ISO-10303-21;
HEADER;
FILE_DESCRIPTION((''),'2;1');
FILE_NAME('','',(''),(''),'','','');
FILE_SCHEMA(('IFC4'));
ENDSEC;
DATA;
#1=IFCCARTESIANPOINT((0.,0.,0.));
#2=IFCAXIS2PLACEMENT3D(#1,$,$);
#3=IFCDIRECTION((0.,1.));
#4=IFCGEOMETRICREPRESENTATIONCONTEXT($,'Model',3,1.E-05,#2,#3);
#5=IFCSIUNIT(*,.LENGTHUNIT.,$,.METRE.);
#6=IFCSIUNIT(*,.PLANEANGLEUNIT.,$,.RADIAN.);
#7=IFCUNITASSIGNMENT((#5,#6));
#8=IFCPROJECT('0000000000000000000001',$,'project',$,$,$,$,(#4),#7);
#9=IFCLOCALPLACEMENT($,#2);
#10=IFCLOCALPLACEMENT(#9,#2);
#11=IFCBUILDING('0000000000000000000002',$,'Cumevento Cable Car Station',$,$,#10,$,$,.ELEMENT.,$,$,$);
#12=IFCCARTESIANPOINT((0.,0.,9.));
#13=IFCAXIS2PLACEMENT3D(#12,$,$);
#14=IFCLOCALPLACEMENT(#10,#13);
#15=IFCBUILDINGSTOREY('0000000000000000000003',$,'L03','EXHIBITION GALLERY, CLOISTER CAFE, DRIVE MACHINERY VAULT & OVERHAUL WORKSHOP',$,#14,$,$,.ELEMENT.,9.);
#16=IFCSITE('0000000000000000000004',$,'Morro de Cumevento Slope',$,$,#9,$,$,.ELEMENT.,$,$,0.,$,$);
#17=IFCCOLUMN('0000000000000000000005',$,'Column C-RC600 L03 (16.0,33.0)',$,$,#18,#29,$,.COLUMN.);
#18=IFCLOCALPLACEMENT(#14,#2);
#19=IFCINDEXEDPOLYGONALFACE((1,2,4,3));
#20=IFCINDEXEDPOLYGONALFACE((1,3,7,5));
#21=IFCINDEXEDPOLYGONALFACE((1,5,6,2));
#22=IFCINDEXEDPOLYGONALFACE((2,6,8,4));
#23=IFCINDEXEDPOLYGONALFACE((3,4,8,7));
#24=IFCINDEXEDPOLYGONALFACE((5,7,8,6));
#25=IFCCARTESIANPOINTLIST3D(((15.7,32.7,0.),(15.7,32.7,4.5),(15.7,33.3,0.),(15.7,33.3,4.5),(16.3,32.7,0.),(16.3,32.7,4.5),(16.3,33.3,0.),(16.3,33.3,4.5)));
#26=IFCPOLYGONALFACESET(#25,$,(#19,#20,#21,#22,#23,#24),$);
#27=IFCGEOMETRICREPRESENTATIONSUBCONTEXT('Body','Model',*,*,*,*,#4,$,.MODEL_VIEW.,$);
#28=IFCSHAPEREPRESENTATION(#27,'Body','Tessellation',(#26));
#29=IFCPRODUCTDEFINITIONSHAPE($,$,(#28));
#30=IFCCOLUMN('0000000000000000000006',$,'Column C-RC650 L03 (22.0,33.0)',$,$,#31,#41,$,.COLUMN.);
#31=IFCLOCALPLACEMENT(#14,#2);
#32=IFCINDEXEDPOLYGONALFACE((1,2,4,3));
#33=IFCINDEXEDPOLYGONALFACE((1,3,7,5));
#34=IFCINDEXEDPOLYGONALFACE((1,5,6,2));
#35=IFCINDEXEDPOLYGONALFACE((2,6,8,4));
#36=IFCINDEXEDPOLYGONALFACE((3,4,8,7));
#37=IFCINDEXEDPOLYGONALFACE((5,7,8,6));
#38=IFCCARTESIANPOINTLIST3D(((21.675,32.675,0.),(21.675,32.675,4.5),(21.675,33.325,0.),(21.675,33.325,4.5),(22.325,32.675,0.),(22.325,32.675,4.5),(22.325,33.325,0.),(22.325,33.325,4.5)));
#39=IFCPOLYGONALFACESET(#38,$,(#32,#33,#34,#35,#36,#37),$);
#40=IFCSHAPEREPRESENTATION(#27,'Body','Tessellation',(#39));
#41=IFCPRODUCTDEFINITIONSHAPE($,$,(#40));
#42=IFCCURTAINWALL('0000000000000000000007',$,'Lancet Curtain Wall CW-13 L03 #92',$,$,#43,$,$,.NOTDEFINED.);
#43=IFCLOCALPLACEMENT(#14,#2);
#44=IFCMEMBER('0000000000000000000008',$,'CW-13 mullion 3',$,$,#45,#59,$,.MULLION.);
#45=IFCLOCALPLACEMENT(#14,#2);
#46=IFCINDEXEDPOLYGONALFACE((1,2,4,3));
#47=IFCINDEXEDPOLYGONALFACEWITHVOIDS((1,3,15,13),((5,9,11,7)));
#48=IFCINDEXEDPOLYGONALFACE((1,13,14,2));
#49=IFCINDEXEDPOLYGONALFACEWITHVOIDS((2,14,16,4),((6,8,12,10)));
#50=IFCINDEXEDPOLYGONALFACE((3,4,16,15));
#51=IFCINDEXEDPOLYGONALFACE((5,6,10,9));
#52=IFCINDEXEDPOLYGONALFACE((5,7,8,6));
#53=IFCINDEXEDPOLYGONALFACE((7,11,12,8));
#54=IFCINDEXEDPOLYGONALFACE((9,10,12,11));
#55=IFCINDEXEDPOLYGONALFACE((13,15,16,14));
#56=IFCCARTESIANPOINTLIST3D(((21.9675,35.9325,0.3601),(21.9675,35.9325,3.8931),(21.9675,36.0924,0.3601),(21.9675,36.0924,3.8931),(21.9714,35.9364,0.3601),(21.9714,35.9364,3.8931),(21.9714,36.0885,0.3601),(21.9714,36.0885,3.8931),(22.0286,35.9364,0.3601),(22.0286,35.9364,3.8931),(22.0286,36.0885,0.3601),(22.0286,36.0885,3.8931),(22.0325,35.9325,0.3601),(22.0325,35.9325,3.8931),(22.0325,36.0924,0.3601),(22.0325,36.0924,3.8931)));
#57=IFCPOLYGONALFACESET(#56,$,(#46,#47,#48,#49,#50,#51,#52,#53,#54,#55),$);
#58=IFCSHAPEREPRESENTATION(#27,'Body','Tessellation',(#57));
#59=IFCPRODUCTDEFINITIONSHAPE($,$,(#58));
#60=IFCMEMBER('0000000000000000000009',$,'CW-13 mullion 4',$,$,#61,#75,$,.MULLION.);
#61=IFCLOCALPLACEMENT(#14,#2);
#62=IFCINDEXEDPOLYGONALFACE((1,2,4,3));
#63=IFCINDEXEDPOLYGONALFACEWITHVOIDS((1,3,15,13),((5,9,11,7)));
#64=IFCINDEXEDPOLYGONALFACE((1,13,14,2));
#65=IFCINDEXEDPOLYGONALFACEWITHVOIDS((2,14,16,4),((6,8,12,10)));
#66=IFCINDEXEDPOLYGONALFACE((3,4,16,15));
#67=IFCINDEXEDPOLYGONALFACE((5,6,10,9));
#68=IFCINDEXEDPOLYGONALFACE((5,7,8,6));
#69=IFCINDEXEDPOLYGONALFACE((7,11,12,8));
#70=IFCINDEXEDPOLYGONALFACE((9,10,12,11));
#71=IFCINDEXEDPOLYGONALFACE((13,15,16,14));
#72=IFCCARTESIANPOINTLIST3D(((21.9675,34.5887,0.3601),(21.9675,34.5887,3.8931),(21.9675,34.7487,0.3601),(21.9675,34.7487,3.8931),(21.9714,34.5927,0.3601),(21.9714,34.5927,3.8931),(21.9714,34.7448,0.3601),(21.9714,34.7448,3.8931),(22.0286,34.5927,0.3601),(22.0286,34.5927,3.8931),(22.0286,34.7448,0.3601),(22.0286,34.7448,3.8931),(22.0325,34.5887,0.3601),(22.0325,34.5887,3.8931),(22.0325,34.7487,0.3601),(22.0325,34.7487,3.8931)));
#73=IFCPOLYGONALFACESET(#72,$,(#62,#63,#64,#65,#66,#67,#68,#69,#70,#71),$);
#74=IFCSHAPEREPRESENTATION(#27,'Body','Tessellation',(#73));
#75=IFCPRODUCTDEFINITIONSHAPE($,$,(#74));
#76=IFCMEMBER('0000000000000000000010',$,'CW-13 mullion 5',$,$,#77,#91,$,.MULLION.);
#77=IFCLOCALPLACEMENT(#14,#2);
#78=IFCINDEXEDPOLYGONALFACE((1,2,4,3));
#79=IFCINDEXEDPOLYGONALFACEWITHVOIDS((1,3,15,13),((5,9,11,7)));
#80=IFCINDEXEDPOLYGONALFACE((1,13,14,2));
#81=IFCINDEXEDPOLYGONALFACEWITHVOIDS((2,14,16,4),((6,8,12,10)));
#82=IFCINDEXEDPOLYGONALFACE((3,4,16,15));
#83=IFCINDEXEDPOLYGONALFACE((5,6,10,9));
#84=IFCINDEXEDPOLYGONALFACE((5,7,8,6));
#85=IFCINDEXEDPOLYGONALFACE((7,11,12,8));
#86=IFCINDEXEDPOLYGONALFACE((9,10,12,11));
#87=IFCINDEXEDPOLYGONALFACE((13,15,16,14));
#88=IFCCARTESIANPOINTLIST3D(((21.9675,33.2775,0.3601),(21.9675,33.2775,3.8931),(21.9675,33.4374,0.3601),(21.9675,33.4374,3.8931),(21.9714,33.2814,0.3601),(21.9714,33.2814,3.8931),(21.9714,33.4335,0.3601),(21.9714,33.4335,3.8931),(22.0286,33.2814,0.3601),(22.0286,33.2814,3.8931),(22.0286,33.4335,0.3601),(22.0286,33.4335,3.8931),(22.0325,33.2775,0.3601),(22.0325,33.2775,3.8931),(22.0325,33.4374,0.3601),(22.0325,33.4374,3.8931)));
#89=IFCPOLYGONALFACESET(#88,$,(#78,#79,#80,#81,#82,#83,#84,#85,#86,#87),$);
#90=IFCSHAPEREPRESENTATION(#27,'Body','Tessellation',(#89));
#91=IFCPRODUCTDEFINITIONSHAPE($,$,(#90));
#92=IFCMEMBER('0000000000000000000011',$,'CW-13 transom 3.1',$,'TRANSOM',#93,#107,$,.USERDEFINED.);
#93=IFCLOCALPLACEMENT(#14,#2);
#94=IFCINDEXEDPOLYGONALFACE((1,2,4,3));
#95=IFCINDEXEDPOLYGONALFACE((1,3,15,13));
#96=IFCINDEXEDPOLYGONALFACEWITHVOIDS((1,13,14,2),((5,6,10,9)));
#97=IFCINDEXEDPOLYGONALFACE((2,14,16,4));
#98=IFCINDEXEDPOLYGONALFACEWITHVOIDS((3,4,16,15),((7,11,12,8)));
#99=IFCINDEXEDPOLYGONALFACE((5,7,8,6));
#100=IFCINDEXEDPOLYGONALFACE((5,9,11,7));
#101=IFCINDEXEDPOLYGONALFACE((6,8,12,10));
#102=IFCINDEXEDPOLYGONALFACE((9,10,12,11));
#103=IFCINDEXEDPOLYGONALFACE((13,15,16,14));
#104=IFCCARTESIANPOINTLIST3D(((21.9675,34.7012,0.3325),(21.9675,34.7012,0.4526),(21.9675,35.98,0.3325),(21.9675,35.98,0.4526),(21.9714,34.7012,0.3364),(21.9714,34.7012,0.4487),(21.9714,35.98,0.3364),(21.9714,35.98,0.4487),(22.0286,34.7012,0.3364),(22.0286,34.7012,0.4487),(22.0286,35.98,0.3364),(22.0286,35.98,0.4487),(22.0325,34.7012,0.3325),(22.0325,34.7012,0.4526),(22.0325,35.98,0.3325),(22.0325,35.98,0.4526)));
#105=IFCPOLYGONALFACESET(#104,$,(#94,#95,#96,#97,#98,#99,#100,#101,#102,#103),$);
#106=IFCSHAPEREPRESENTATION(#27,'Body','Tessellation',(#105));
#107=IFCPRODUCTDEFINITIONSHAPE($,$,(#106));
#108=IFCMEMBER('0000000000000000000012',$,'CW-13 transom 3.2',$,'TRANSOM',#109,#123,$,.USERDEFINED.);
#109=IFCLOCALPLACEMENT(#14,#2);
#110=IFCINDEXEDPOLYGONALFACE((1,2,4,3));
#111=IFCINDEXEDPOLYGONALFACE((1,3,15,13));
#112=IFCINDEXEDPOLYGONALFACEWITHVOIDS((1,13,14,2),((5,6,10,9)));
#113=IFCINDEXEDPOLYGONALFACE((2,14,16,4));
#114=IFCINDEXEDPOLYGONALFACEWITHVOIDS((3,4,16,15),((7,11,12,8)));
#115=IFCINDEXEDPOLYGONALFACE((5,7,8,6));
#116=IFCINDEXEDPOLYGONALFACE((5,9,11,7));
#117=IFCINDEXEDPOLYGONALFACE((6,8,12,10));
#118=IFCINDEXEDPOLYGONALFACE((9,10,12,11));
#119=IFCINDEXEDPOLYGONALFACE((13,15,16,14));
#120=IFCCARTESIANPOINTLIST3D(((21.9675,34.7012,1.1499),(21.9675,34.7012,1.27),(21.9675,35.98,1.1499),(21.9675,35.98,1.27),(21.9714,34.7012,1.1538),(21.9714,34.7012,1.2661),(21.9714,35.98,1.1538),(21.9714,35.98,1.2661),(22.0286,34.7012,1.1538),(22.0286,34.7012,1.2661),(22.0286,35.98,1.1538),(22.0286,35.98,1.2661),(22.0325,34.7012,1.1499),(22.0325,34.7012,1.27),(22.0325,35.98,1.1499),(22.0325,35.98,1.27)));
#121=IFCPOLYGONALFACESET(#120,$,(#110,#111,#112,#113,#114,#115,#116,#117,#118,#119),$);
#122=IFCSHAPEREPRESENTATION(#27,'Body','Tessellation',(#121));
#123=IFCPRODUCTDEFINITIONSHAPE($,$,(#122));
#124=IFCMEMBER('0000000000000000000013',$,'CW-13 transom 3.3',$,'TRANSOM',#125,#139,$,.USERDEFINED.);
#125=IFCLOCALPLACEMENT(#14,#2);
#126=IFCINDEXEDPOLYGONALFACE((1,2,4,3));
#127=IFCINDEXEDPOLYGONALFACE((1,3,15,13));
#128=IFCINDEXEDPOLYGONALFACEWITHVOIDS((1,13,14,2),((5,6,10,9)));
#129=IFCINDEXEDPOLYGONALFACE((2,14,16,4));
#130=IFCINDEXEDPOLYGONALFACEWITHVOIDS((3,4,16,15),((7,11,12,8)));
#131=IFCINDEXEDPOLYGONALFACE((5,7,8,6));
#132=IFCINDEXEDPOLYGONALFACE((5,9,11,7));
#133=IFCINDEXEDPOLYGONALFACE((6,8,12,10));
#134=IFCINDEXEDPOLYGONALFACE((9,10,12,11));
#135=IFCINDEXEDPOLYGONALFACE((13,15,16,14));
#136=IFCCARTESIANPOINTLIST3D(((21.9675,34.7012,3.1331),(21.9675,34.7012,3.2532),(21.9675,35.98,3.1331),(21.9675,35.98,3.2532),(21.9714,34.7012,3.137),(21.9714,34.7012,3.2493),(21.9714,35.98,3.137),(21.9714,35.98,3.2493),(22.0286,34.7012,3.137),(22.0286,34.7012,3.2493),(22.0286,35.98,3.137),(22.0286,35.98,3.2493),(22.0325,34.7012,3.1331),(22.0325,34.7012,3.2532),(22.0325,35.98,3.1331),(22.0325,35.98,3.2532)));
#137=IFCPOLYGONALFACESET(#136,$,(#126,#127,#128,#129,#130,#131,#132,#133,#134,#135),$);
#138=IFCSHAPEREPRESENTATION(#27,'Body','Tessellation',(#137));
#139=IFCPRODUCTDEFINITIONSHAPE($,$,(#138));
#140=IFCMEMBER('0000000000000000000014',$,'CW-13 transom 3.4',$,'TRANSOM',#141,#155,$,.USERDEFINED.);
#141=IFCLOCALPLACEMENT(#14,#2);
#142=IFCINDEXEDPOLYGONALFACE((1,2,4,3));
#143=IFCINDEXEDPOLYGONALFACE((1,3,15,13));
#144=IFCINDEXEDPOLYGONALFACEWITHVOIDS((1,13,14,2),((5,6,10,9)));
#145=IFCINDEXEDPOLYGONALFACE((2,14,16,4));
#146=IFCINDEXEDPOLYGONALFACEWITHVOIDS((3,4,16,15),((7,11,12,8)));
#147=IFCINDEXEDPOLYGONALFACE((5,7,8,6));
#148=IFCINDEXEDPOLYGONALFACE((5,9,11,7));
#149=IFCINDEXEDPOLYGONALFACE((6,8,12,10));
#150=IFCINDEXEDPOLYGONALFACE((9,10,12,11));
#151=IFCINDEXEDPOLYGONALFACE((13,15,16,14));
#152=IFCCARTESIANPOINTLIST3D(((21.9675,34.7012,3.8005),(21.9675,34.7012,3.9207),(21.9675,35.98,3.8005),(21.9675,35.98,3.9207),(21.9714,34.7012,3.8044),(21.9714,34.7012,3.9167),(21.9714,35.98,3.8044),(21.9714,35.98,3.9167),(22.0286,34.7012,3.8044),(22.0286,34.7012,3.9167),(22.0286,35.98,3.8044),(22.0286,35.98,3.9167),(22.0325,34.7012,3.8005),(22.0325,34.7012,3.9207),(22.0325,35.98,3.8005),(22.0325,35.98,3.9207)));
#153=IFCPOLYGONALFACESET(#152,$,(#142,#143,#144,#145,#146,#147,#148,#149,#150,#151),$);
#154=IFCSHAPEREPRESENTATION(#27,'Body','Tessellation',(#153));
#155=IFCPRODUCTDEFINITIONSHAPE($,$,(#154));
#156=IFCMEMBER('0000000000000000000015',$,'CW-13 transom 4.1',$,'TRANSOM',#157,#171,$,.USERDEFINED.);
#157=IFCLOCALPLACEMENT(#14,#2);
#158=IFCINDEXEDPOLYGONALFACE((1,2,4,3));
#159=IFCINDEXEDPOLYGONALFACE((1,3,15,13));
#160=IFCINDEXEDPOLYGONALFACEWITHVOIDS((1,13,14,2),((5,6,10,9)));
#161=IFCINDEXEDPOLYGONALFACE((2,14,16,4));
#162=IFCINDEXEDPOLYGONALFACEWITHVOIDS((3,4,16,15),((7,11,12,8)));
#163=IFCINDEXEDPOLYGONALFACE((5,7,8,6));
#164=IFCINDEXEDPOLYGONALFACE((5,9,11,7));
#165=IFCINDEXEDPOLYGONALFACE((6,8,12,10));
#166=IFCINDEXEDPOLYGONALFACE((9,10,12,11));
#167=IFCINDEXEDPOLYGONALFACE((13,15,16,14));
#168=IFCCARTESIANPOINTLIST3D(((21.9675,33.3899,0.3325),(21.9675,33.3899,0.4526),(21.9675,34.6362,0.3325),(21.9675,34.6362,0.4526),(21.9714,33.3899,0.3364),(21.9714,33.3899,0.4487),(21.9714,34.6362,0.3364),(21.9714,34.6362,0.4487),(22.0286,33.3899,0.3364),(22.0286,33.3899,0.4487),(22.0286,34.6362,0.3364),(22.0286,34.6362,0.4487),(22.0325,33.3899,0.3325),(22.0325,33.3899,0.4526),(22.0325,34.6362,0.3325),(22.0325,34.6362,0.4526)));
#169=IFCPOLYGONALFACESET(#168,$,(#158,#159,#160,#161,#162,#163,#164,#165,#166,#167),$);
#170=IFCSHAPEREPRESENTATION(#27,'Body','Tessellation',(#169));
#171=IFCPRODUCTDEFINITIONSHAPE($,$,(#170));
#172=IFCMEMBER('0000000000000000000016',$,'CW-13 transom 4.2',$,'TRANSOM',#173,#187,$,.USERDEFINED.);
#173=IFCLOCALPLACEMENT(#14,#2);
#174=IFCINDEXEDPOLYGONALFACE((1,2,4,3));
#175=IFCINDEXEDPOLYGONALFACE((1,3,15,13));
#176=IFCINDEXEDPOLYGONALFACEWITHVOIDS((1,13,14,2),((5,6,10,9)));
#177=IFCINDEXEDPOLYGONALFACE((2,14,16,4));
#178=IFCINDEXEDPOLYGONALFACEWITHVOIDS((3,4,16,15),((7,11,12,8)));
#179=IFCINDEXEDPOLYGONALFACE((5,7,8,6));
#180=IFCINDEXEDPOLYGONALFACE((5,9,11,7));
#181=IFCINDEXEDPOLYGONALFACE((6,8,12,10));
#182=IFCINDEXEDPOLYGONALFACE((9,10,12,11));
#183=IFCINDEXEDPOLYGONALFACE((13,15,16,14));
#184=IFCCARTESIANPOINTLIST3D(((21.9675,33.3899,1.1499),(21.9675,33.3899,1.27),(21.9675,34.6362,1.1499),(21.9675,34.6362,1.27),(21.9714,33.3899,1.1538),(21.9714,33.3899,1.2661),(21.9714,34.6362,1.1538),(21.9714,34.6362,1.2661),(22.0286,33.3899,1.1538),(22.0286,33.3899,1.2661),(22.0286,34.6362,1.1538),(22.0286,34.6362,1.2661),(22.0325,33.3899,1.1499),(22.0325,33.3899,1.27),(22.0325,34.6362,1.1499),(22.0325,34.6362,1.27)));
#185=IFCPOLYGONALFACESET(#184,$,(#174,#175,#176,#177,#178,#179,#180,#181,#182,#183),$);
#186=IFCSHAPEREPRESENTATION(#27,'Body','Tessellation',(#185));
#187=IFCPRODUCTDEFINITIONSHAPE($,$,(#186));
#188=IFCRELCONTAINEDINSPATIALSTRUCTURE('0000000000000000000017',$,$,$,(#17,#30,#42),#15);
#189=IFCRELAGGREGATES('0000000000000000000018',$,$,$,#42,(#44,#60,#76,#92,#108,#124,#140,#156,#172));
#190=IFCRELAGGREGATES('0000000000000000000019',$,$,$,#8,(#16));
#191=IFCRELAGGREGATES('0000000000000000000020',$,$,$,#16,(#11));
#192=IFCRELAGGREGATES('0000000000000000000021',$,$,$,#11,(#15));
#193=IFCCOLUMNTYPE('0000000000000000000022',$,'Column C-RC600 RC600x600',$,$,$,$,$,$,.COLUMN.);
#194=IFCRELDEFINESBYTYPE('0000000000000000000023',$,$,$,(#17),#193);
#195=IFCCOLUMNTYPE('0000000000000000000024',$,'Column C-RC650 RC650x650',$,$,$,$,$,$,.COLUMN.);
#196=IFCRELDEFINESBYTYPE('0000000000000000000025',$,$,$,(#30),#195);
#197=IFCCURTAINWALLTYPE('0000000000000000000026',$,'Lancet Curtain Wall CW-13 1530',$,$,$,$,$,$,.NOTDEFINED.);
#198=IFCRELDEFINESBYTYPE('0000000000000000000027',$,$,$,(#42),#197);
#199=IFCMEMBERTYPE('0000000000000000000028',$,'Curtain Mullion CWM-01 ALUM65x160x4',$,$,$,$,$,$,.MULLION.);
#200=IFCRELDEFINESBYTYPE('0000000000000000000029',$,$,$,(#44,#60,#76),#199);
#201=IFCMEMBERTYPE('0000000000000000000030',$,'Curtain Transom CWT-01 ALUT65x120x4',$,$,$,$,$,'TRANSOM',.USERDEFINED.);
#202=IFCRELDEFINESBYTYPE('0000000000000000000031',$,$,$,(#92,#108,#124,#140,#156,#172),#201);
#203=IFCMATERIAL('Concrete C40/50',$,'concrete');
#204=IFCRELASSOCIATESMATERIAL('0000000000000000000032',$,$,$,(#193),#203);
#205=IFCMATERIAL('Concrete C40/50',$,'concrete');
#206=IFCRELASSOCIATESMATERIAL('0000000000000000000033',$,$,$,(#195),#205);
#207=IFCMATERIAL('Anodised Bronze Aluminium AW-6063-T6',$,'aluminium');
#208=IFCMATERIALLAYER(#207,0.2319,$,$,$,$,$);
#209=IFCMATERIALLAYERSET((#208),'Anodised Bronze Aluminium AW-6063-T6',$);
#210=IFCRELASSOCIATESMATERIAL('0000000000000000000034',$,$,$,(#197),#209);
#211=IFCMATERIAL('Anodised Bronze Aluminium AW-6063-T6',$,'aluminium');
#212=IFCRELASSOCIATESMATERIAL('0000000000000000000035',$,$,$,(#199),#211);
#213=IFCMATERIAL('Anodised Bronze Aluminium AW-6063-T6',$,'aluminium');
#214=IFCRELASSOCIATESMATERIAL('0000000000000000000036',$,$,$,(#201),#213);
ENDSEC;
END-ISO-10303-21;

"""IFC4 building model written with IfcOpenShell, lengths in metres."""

from ifc_helpers import new_model, si_unit, direction, frame, origin, origin_2d, place, context, subcontext, project, spatial, rectangle, hollow_rectangle, extrude, material, layer, layer_set, material_profile, profile_set, type_object, element, aggregate, save


model = new_model("IFC4")

# Units and contexts
model_context = context("Model", 3, precision=1e-05, world=origin(), true_north=direction((0.0, 1.0)))
body_context = subcontext(model_context, "Body", "Model", "MODEL_VIEW")
ifc_project = project(units=[si_unit("LENGTHUNIT", "METRE"), si_unit("PLANEANGLEUNIT", "RADIAN")], contexts=[model_context])

# Site, building, storey
site_placement = place(None, origin())
site = spatial("IfcSite", under=ifc_project, at=site_placement, Name="Morro de Cumevento Slope", CompositionType="ELEMENT", RefElevation=0.0)
building_placement = place(site_placement, origin())
building = spatial("IfcBuilding", under=site, at=building_placement, Name="Cumevento Cable Car Station", CompositionType="ELEMENT")
storey_placement = place(building_placement, frame((0.0, 0.0, 9.0)))
storey = spatial("IfcBuildingStorey", under=building, at=storey_placement, Name="L03", Description="EXHIBITION GALLERY, CLOISTER CAFE, DRIVE MACHINERY VAULT & OVERHAUL WORKSHOP", CompositionType="ELEMENT", Elevation=9.0)

# Columns
ifc_material_1 = material(Name="Concrete C40/50", Category="concrete")
ifc_material_profile_1 = material_profile(ifc_material_1, rectangle(XDim=0.6001, YDim=0.6001, at=origin_2d()), Name="RC600x600")
ifc_profile_set_1 = profile_set([ifc_material_profile_1], Name="Concrete C40/50")
column_type_1 = type_object("IfcColumnType", Name="Column C-RC600 RC600x600", PredefinedType="COLUMN", material=ifc_profile_set_1)
column_1_placement = place(storey_placement, frame((16.0, 33.0, 0.0), z_axis=(0.0, 0.0, 1.0), x_axis=(1.0, 0.0, 0.0)))
element("IfcColumn", 1, at=column_1_placement, inside=storey, type_object=column_type_1, Name="Column C-RC600 L03 (16.0,33.0)", PredefinedType="COLUMN", context=body_context, shape_type="SweptSolid", body=[
    extrude(rectangle(XDim=0.6001, YDim=0.6001, at=origin_2d()), origin(), (0.0, 0.0, 1.0), 4.5),
])
ifc_material_2 = material(Name="Concrete C40/50", Category="concrete")
ifc_material_profile_2 = material_profile(ifc_material_2, rectangle(XDim=0.6499, YDim=0.6499, at=origin_2d()), Name="RC650x650")
ifc_profile_set_2 = profile_set([ifc_material_profile_2], Name="Concrete C40/50")
column_type_2 = type_object("IfcColumnType", Name="Column C-RC650 RC650x650", PredefinedType="COLUMN", material=ifc_profile_set_2)
column_2_placement = place(storey_placement, frame((22.0, 33.0, 0.0), z_axis=(0.0, 0.0, 1.0), x_axis=(1.0, 0.0, 0.0)))
element("IfcColumn", 2, at=column_2_placement, inside=storey, type_object=column_type_2, Name="Column C-RC650 L03 (22.0,33.0)", PredefinedType="COLUMN", context=body_context, shape_type="SweptSolid", body=[
    extrude(rectangle(XDim=0.6499, YDim=0.6499, at=origin_2d()), origin(), (0.0, 0.0, 1.0), 4.5),
])

# Curtain wall, members
ifc_material_3 = material(Name="Anodised Bronze Aluminium AW-6063-T6", Category="aluminium")
ifc_layer_1 = layer(ifc_material_3, 0.2319)
ifc_layer_set_1 = layer_set([ifc_layer_1], Name="Anodised Bronze Aluminium AW-6063-T6")
curtain_wall_type = type_object("IfcCurtainWallType", Name="Lancet Curtain Wall CW-13 1530", PredefinedType="NOTDEFINED", material=ifc_layer_set_1)
curtain_wall_placement = place(storey_placement, origin())
curtain_wall = element("IfcCurtainWall", 3, at=curtain_wall_placement, inside=storey, type_object=curtain_wall_type, Name="Lancet Curtain Wall CW-13 L03 #92", PredefinedType="NOTDEFINED")
ifc_material_4 = material(Name="Anodised Bronze Aluminium AW-6063-T6", Category="aluminium")
ifc_material_profile_3 = material_profile(ifc_material_4, hollow_rectangle(XDim=0.0649, YDim=0.1599, WallThickness=0.0039, at=origin_2d()), Name="ALUM65x160x4")
ifc_profile_set_3 = profile_set([ifc_material_profile_3], Name="Anodised Bronze Aluminium AW-6063-T6")
member_type_1 = type_object("IfcMemberType", Name="Curtain Mullion CWM-01 ALUM65x160x4", PredefinedType="MULLION", material=ifc_profile_set_3)
member_1_placement = place(storey_placement, frame((22.0, 36.0125, 0.3601), z_axis=(0.0, 0.0, 1.0), x_axis=(1.0, 0.0, 0.0)))
member_1 = element("IfcMember", 4, at=member_1_placement, type_object=member_type_1, Name="CW-13 mullion 3", PredefinedType="MULLION", context=body_context, shape_type="SweptSolid", body=[
    extrude(hollow_rectangle(XDim=0.0649, YDim=0.1599, WallThickness=0.0039, at=origin_2d()), origin(), (0.0, 0.0, 1.0), 3.533),
])
member_2_placement = place(storey_placement, frame((22.0, 34.6687, 0.3601), z_axis=(0.0, 0.0, 1.0), x_axis=(1.0, 0.0, 0.0)))
member_2 = element("IfcMember", 5, at=member_2_placement, type_object=member_type_1, Name="CW-13 mullion 4", PredefinedType="MULLION", context=body_context, shape_type="SweptSolid", body=[
    extrude(hollow_rectangle(XDim=0.0649, YDim=0.1599, WallThickness=0.0039, at=origin_2d()), origin(), (0.0, 0.0, 1.0), 3.533),
])
member_3_placement = place(storey_placement, frame((22.0, 33.3574, 0.3601), z_axis=(0.0, 0.0, 1.0), x_axis=(1.0, 0.0, 0.0)))
member_3 = element("IfcMember", 6, at=member_3_placement, type_object=member_type_1, Name="CW-13 mullion 5", PredefinedType="MULLION", context=body_context, shape_type="SweptSolid", body=[
    extrude(hollow_rectangle(XDim=0.0649, YDim=0.1599, WallThickness=0.0039, at=origin_2d()), origin(), (0.0, 0.0, 1.0), 3.533),
])
ifc_material_5 = material(Name="Anodised Bronze Aluminium AW-6063-T6", Category="aluminium")
ifc_material_profile_4 = material_profile(ifc_material_5, hollow_rectangle(XDim=0.0649, YDim=0.1201, WallThickness=0.0039, at=origin_2d()), Name="ALUT65x120x4")
ifc_profile_set_4 = profile_set([ifc_material_profile_4], Name="Anodised Bronze Aluminium AW-6063-T6")
member_type_2 = type_object("IfcMemberType", Name="Curtain Transom CWT-01 ALUT65x120x4", ElementType="TRANSOM", PredefinedType="USERDEFINED", material=ifc_profile_set_4)
member_4_placement = place(storey_placement, frame((22.0, 35.98, 0.3926), z_axis=(0.0, -1.0, 0.0), x_axis=(1.0, 0.0, 0.0)))
member_4 = element("IfcMember", 7, at=member_4_placement, type_object=member_type_2, Name="CW-13 transom 3.1", ObjectType="TRANSOM", PredefinedType="USERDEFINED", context=body_context, shape_type="SweptSolid", body=[
    extrude(hollow_rectangle(XDim=0.0649, YDim=0.1201, WallThickness=0.0039, at=origin_2d()), origin(), (0.0, 0.0, 1.0), 1.2788),
])
member_5_placement = place(storey_placement, frame((22.0, 35.98, 1.21), z_axis=(0.0, -1.0, 0.0), x_axis=(1.0, 0.0, 0.0)))
member_5 = element("IfcMember", 8, at=member_5_placement, type_object=member_type_2, Name="CW-13 transom 3.2", ObjectType="TRANSOM", PredefinedType="USERDEFINED", context=body_context, shape_type="SweptSolid", body=[
    extrude(hollow_rectangle(XDim=0.0649, YDim=0.1201, WallThickness=0.0039, at=origin_2d()), origin(), (0.0, 0.0, 1.0), 1.2788),
])
member_6_placement = place(storey_placement, frame((22.0, 35.98, 3.1931), z_axis=(0.0, -1.0, 0.0), x_axis=(1.0, 0.0, 0.0)))
member_6 = element("IfcMember", 9, at=member_6_placement, type_object=member_type_2, Name="CW-13 transom 3.3", ObjectType="TRANSOM", PredefinedType="USERDEFINED", context=body_context, shape_type="SweptSolid", body=[
    extrude(hollow_rectangle(XDim=0.0649, YDim=0.1201, WallThickness=0.0039, at=origin_2d()), origin(), (0.0, 0.0, 1.0), 1.2788),
])
member_7_placement = place(storey_placement, frame((22.0, 35.98, 3.8606), z_axis=(0.0, -1.0, 0.0), x_axis=(1.0, 0.0, 0.0)))
member_7 = element("IfcMember", 10, at=member_7_placement, type_object=member_type_2, Name="CW-13 transom 3.4", ObjectType="TRANSOM", PredefinedType="USERDEFINED", context=body_context, shape_type="SweptSolid", body=[
    extrude(hollow_rectangle(XDim=0.0649, YDim=0.1201, WallThickness=0.0039, at=origin_2d()), origin(), (0.0, 0.0, 1.0), 1.2788),
])
member_8_placement = place(storey_placement, frame((22.0, 34.6362, 0.3926), z_axis=(0.0, -1.0, 0.0), x_axis=(1.0, 0.0, 0.0)))
member_8 = element("IfcMember", 11, at=member_8_placement, type_object=member_type_2, Name="CW-13 transom 4.1", ObjectType="TRANSOM", PredefinedType="USERDEFINED", context=body_context, shape_type="SweptSolid", body=[
    extrude(hollow_rectangle(XDim=0.0649, YDim=0.1201, WallThickness=0.0039, at=origin_2d()), origin(), (0.0, 0.0, 1.0), 1.2463),
])
member_9_placement = place(storey_placement, frame((22.0, 34.6362, 1.21), z_axis=(0.0, -1.0, 0.0), x_axis=(1.0, 0.0, 0.0)))
member_9 = element("IfcMember", 12, at=member_9_placement, type_object=member_type_2, Name="CW-13 transom 4.2", ObjectType="TRANSOM", PredefinedType="USERDEFINED", context=body_context, shape_type="SweptSolid", body=[
    extrude(hollow_rectangle(XDim=0.0649, YDim=0.1201, WallThickness=0.0039, at=origin_2d()), origin(), (0.0, 0.0, 1.0), 1.2463),
])

aggregate(curtain_wall, [member_1, member_2, member_3, member_4, member_5, member_6, member_7, member_8, member_9])

save(model, "model.ifc")
